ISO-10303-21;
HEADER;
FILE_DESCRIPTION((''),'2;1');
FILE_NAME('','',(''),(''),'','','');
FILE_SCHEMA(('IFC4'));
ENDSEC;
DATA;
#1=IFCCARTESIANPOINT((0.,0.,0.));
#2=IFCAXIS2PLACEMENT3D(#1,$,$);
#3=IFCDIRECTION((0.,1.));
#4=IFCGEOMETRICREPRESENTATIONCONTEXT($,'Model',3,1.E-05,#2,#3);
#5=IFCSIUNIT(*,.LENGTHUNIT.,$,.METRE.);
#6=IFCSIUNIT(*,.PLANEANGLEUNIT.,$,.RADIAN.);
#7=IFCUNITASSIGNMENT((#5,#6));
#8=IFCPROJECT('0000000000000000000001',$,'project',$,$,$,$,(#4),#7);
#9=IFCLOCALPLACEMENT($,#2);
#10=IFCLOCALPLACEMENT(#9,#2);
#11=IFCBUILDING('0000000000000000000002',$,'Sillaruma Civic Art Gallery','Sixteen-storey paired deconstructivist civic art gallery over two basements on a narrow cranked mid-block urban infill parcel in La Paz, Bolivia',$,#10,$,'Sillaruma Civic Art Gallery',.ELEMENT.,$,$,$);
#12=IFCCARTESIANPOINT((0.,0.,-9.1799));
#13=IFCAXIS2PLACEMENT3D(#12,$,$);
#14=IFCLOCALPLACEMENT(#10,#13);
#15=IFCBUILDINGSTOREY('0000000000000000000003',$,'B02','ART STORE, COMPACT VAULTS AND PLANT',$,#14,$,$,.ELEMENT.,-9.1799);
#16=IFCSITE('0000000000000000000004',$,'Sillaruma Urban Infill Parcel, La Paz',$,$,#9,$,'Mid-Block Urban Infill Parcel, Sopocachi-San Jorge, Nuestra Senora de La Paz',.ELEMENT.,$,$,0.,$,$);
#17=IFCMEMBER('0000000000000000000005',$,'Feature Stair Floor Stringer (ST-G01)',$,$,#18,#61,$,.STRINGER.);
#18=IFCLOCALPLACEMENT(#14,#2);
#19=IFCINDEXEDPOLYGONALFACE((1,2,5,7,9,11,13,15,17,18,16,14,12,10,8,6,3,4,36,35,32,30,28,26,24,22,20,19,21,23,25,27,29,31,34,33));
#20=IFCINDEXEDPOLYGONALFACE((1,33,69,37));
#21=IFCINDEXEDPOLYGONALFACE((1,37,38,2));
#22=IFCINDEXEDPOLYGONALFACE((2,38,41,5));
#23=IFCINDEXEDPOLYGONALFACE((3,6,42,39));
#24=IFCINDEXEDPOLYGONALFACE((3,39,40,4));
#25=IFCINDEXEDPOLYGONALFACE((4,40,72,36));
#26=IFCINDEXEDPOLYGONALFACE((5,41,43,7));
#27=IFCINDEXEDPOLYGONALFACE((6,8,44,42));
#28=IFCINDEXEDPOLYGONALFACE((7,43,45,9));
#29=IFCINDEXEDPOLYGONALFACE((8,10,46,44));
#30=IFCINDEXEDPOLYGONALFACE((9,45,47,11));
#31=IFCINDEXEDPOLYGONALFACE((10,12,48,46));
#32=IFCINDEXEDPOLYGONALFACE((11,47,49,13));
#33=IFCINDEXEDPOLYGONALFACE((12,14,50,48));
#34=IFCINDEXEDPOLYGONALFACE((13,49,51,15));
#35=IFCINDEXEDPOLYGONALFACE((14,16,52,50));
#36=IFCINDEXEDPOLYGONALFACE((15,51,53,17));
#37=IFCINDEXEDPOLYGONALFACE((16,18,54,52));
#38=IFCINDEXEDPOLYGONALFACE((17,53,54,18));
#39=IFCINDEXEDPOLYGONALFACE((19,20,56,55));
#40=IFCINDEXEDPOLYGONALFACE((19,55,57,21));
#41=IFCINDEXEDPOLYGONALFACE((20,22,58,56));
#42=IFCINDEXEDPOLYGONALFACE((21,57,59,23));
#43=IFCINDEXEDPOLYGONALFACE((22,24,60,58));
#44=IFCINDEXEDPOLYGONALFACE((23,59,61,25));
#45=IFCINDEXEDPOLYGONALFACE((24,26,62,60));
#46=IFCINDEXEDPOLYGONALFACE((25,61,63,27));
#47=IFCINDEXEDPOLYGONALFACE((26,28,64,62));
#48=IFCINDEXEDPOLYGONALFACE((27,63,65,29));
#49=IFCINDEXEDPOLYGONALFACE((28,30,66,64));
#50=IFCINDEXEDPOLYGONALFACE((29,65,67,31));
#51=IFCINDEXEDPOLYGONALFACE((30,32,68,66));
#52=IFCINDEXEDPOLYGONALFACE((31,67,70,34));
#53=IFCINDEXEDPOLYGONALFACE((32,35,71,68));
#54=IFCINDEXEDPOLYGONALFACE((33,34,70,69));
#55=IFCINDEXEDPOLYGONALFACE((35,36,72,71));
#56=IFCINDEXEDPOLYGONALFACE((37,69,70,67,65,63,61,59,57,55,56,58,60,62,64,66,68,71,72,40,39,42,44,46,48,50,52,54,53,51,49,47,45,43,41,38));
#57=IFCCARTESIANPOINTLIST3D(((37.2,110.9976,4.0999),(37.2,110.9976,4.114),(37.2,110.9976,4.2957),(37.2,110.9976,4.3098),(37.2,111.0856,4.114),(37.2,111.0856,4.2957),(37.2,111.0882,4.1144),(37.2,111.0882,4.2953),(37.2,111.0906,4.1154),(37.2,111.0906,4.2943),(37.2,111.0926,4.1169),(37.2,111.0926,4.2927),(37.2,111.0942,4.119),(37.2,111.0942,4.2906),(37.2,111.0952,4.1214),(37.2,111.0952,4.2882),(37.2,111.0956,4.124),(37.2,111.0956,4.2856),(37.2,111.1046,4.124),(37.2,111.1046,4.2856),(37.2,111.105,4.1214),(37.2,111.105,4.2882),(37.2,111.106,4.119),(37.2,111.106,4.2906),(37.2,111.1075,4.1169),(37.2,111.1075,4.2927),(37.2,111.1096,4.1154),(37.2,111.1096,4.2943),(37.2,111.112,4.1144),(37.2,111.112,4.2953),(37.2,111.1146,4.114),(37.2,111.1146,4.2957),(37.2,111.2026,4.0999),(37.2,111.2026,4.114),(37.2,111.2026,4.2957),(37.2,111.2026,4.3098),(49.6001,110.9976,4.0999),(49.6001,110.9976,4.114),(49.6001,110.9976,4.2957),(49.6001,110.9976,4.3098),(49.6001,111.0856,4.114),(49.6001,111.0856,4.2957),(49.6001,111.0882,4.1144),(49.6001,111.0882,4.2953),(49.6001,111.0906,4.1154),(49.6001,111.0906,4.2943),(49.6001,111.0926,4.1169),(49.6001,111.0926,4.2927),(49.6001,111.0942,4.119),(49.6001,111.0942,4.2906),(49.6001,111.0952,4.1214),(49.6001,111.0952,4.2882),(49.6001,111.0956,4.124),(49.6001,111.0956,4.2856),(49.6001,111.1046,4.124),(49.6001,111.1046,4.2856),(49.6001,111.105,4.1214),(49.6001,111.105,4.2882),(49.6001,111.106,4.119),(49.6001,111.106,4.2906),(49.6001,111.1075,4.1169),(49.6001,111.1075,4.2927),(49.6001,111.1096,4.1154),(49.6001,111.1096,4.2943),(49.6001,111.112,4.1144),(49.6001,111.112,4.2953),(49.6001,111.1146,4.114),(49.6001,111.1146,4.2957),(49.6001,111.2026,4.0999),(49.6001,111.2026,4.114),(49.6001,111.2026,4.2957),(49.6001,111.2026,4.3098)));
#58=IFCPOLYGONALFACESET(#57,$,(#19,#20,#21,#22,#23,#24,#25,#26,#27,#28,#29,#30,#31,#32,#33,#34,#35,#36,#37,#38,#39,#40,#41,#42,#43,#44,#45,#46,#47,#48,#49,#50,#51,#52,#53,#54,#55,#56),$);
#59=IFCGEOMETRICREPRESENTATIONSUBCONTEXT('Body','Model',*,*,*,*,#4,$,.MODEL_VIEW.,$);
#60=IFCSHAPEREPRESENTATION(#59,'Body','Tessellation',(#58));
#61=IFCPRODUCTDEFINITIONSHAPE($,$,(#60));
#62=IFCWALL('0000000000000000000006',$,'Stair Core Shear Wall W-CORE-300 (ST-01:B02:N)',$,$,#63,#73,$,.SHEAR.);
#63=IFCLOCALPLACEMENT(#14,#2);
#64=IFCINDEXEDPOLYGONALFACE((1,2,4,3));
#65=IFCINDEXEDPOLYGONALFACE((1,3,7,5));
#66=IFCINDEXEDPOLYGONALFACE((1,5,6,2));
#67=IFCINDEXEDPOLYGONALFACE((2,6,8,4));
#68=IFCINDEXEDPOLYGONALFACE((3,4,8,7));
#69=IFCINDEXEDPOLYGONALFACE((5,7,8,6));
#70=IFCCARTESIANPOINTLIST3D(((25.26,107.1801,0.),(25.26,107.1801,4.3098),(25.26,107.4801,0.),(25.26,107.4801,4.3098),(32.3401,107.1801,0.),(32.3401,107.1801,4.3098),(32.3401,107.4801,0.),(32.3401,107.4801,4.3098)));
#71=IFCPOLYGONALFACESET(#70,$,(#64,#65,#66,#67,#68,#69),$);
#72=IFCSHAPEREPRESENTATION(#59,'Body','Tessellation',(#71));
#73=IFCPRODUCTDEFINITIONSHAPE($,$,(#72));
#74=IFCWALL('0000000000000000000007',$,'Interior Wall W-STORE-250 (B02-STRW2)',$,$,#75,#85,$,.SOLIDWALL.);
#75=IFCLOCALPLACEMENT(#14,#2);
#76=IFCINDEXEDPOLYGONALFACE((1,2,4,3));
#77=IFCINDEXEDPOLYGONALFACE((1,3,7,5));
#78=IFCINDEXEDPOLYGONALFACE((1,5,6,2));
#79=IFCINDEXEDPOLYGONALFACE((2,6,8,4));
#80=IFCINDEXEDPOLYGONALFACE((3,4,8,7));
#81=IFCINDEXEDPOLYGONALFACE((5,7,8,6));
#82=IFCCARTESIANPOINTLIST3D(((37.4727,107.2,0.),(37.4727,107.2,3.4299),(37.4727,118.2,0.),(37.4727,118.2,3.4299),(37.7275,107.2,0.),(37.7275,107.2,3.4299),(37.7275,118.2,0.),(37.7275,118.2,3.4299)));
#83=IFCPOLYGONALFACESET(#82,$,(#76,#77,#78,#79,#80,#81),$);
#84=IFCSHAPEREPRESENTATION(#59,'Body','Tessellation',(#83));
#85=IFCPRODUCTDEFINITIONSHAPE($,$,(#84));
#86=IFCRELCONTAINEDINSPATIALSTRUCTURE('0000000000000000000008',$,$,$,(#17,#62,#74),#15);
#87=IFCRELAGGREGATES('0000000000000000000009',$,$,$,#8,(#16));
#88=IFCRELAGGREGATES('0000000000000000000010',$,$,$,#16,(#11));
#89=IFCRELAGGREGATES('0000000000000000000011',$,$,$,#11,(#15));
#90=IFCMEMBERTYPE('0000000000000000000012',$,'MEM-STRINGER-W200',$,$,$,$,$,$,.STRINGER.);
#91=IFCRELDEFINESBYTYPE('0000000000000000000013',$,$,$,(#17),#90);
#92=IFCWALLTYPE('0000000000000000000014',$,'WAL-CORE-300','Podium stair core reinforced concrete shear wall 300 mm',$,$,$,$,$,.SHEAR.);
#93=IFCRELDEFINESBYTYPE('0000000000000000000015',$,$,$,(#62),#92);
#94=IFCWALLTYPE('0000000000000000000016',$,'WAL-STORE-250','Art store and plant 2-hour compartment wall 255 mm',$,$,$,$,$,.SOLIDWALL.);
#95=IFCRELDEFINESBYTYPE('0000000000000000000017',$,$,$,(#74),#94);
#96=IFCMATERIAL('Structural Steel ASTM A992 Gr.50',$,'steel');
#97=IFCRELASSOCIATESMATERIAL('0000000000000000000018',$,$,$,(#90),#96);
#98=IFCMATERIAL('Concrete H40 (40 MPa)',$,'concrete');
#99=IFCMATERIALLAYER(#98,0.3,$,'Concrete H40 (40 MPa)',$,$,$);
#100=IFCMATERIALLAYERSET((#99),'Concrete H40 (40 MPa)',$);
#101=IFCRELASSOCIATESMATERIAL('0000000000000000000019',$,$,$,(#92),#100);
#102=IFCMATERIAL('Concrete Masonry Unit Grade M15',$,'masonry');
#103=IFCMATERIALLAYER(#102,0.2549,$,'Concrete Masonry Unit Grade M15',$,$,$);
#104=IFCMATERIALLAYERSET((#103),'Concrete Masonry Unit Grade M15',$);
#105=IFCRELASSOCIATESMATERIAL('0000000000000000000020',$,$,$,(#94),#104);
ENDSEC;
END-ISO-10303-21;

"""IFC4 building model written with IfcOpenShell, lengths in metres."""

from ifc_helpers import new_model, si_unit, direction, frame, frame_2d, origin, origin_2d, place, context, subcontext, project, spatial, rectangle, i_section, extrude, material, layer, layer_set, material_profile, profile_set, type_object, element, save


model = new_model("IFC4")

# Units and contexts
model_context = context("Model", 3, precision=1e-05, world=origin(), true_north=direction((0.0, 1.0)))
body_context = subcontext(model_context, "Body", "Model", "MODEL_VIEW")
ifc_project = project(units=[si_unit("LENGTHUNIT", "METRE"), si_unit("PLANEANGLEUNIT", "RADIAN")], contexts=[model_context])

# Site, building, storey
site_placement = place(None, origin())
site = spatial("IfcSite", under=ifc_project, at=site_placement, Name="Sillaruma Urban Infill Parcel, La Paz", LongName="Mid-Block Urban Infill Parcel, Sopocachi-San Jorge, Nuestra Senora de La Paz", CompositionType="ELEMENT", RefElevation=0.0)
building_placement = place(site_placement, origin())
building = spatial("IfcBuilding", under=site, at=building_placement, Name="Sillaruma Civic Art Gallery", Description="Sixteen-storey paired deconstructivist civic art gallery over two basements on a narrow cranked mid-block urban infill parcel in La Paz, Bolivia", LongName="Sillaruma Civic Art Gallery", CompositionType="ELEMENT")
storey_placement = place(building_placement, frame((0.0, 0.0, -9.1799)))
storey = spatial("IfcBuildingStorey", under=building, at=storey_placement, Name="B02", Description="ART STORE, COMPACT VAULTS AND PLANT", CompositionType="ELEMENT", Elevation=-9.1799)

# Shared definitions
ifc_material_1 = material(Name="Concrete H40 (40 MPa)", Category="concrete")

# Member
ifc_material_2 = material(Name="Structural Steel ASTM A992 Gr.50", Category="steel")
ifc_material_profile_1 = material_profile(ifc_material_2, i_section(OverallWidth=0.2051, OverallDepth=0.21, WebThickness=0.009, FlangeThickness=0.0142, FilletRadius=0.01, at=origin_2d()), Name="W200x59")
ifc_profile_set_1 = profile_set([ifc_material_profile_1], Name="Structural Steel ASTM A992 Gr.50")
member_type = type_object("IfcMemberType", Name="MEM-STRINGER-W200", PredefinedType="STRINGER", material=ifc_profile_set_1)
member_placement = place(storey_placement, frame((37.2, 111.1001, 4.2048), z_axis=(1.0, 0.0, 0.0), x_axis=(0.0, 1.0, 0.0)))
element("IfcMember", 1, at=member_placement, inside=storey, type_object=member_type, Name="Feature Stair Floor Stringer (ST-G01)", PredefinedType="STRINGER", context=body_context, shape_type="SweptSolid", body=[
    extrude(i_section(OverallWidth=0.2051, OverallDepth=0.21, WebThickness=0.009, FlangeThickness=0.0142, FilletRadius=0.01, at=origin_2d()), origin(), (0.0, 0.0, 1.0), 12.4001),
])

# Walls
ifc_layer_1 = layer(ifc_material_1, 0.3, Name="Concrete H40 (40 MPa)")
ifc_layer_set_1 = layer_set([ifc_layer_1], Name="Concrete H40 (40 MPa)")
wall_type_1 = type_object("IfcWallType", Name="WAL-CORE-300", Description="Podium stair core reinforced concrete shear wall 300 mm", PredefinedType="SHEAR", material=ifc_layer_set_1)
wall_1_placement = place(storey_placement, frame((25.26, 107.3301, 0.0), z_axis=(0.0, 0.0, 1.0), x_axis=(1.0, 0.0, 0.0)))
element("IfcWall", 2, at=wall_1_placement, inside=storey, type_object=wall_type_1, Name="Stair Core Shear Wall W-CORE-300 (ST-01:B02:N)", PredefinedType="SHEAR", context=body_context, shape_type="SweptSolid", body=[
    extrude(rectangle(XDim=7.0801, YDim=0.3, at=frame_2d((3.54, 0.0))), origin(), (0.0, 0.0, 1.0), 4.3098),
])
ifc_material_3 = material(Name="Concrete Masonry Unit Grade M15", Category="masonry")
ifc_layer_2 = layer(ifc_material_3, 0.2549, Name="Concrete Masonry Unit Grade M15")
ifc_layer_set_2 = layer_set([ifc_layer_2], Name="Concrete Masonry Unit Grade M15")
wall_type_2 = type_object("IfcWallType", Name="WAL-STORE-250", Description="Art store and plant 2-hour compartment wall 255 mm", PredefinedType="SOLIDWALL", material=ifc_layer_set_2)
wall_2_placement = place(storey_placement, frame((37.6001, 107.2, 0.0), z_axis=(0.0, 0.0, 1.0), x_axis=(0.0, 1.0, 0.0)))
element("IfcWall", 3, at=wall_2_placement, inside=storey, type_object=wall_type_2, Name="Interior Wall W-STORE-250 (B02-STRW2)", PredefinedType="SOLIDWALL", context=body_context, shape_type="SweptSolid", body=[
    extrude(rectangle(XDim=11.0, YDim=0.2549, at=frame_2d((5.5, 0.0))), origin(), (0.0, 0.0, 1.0), 3.4299),
])

save(model, "model.ifc")
